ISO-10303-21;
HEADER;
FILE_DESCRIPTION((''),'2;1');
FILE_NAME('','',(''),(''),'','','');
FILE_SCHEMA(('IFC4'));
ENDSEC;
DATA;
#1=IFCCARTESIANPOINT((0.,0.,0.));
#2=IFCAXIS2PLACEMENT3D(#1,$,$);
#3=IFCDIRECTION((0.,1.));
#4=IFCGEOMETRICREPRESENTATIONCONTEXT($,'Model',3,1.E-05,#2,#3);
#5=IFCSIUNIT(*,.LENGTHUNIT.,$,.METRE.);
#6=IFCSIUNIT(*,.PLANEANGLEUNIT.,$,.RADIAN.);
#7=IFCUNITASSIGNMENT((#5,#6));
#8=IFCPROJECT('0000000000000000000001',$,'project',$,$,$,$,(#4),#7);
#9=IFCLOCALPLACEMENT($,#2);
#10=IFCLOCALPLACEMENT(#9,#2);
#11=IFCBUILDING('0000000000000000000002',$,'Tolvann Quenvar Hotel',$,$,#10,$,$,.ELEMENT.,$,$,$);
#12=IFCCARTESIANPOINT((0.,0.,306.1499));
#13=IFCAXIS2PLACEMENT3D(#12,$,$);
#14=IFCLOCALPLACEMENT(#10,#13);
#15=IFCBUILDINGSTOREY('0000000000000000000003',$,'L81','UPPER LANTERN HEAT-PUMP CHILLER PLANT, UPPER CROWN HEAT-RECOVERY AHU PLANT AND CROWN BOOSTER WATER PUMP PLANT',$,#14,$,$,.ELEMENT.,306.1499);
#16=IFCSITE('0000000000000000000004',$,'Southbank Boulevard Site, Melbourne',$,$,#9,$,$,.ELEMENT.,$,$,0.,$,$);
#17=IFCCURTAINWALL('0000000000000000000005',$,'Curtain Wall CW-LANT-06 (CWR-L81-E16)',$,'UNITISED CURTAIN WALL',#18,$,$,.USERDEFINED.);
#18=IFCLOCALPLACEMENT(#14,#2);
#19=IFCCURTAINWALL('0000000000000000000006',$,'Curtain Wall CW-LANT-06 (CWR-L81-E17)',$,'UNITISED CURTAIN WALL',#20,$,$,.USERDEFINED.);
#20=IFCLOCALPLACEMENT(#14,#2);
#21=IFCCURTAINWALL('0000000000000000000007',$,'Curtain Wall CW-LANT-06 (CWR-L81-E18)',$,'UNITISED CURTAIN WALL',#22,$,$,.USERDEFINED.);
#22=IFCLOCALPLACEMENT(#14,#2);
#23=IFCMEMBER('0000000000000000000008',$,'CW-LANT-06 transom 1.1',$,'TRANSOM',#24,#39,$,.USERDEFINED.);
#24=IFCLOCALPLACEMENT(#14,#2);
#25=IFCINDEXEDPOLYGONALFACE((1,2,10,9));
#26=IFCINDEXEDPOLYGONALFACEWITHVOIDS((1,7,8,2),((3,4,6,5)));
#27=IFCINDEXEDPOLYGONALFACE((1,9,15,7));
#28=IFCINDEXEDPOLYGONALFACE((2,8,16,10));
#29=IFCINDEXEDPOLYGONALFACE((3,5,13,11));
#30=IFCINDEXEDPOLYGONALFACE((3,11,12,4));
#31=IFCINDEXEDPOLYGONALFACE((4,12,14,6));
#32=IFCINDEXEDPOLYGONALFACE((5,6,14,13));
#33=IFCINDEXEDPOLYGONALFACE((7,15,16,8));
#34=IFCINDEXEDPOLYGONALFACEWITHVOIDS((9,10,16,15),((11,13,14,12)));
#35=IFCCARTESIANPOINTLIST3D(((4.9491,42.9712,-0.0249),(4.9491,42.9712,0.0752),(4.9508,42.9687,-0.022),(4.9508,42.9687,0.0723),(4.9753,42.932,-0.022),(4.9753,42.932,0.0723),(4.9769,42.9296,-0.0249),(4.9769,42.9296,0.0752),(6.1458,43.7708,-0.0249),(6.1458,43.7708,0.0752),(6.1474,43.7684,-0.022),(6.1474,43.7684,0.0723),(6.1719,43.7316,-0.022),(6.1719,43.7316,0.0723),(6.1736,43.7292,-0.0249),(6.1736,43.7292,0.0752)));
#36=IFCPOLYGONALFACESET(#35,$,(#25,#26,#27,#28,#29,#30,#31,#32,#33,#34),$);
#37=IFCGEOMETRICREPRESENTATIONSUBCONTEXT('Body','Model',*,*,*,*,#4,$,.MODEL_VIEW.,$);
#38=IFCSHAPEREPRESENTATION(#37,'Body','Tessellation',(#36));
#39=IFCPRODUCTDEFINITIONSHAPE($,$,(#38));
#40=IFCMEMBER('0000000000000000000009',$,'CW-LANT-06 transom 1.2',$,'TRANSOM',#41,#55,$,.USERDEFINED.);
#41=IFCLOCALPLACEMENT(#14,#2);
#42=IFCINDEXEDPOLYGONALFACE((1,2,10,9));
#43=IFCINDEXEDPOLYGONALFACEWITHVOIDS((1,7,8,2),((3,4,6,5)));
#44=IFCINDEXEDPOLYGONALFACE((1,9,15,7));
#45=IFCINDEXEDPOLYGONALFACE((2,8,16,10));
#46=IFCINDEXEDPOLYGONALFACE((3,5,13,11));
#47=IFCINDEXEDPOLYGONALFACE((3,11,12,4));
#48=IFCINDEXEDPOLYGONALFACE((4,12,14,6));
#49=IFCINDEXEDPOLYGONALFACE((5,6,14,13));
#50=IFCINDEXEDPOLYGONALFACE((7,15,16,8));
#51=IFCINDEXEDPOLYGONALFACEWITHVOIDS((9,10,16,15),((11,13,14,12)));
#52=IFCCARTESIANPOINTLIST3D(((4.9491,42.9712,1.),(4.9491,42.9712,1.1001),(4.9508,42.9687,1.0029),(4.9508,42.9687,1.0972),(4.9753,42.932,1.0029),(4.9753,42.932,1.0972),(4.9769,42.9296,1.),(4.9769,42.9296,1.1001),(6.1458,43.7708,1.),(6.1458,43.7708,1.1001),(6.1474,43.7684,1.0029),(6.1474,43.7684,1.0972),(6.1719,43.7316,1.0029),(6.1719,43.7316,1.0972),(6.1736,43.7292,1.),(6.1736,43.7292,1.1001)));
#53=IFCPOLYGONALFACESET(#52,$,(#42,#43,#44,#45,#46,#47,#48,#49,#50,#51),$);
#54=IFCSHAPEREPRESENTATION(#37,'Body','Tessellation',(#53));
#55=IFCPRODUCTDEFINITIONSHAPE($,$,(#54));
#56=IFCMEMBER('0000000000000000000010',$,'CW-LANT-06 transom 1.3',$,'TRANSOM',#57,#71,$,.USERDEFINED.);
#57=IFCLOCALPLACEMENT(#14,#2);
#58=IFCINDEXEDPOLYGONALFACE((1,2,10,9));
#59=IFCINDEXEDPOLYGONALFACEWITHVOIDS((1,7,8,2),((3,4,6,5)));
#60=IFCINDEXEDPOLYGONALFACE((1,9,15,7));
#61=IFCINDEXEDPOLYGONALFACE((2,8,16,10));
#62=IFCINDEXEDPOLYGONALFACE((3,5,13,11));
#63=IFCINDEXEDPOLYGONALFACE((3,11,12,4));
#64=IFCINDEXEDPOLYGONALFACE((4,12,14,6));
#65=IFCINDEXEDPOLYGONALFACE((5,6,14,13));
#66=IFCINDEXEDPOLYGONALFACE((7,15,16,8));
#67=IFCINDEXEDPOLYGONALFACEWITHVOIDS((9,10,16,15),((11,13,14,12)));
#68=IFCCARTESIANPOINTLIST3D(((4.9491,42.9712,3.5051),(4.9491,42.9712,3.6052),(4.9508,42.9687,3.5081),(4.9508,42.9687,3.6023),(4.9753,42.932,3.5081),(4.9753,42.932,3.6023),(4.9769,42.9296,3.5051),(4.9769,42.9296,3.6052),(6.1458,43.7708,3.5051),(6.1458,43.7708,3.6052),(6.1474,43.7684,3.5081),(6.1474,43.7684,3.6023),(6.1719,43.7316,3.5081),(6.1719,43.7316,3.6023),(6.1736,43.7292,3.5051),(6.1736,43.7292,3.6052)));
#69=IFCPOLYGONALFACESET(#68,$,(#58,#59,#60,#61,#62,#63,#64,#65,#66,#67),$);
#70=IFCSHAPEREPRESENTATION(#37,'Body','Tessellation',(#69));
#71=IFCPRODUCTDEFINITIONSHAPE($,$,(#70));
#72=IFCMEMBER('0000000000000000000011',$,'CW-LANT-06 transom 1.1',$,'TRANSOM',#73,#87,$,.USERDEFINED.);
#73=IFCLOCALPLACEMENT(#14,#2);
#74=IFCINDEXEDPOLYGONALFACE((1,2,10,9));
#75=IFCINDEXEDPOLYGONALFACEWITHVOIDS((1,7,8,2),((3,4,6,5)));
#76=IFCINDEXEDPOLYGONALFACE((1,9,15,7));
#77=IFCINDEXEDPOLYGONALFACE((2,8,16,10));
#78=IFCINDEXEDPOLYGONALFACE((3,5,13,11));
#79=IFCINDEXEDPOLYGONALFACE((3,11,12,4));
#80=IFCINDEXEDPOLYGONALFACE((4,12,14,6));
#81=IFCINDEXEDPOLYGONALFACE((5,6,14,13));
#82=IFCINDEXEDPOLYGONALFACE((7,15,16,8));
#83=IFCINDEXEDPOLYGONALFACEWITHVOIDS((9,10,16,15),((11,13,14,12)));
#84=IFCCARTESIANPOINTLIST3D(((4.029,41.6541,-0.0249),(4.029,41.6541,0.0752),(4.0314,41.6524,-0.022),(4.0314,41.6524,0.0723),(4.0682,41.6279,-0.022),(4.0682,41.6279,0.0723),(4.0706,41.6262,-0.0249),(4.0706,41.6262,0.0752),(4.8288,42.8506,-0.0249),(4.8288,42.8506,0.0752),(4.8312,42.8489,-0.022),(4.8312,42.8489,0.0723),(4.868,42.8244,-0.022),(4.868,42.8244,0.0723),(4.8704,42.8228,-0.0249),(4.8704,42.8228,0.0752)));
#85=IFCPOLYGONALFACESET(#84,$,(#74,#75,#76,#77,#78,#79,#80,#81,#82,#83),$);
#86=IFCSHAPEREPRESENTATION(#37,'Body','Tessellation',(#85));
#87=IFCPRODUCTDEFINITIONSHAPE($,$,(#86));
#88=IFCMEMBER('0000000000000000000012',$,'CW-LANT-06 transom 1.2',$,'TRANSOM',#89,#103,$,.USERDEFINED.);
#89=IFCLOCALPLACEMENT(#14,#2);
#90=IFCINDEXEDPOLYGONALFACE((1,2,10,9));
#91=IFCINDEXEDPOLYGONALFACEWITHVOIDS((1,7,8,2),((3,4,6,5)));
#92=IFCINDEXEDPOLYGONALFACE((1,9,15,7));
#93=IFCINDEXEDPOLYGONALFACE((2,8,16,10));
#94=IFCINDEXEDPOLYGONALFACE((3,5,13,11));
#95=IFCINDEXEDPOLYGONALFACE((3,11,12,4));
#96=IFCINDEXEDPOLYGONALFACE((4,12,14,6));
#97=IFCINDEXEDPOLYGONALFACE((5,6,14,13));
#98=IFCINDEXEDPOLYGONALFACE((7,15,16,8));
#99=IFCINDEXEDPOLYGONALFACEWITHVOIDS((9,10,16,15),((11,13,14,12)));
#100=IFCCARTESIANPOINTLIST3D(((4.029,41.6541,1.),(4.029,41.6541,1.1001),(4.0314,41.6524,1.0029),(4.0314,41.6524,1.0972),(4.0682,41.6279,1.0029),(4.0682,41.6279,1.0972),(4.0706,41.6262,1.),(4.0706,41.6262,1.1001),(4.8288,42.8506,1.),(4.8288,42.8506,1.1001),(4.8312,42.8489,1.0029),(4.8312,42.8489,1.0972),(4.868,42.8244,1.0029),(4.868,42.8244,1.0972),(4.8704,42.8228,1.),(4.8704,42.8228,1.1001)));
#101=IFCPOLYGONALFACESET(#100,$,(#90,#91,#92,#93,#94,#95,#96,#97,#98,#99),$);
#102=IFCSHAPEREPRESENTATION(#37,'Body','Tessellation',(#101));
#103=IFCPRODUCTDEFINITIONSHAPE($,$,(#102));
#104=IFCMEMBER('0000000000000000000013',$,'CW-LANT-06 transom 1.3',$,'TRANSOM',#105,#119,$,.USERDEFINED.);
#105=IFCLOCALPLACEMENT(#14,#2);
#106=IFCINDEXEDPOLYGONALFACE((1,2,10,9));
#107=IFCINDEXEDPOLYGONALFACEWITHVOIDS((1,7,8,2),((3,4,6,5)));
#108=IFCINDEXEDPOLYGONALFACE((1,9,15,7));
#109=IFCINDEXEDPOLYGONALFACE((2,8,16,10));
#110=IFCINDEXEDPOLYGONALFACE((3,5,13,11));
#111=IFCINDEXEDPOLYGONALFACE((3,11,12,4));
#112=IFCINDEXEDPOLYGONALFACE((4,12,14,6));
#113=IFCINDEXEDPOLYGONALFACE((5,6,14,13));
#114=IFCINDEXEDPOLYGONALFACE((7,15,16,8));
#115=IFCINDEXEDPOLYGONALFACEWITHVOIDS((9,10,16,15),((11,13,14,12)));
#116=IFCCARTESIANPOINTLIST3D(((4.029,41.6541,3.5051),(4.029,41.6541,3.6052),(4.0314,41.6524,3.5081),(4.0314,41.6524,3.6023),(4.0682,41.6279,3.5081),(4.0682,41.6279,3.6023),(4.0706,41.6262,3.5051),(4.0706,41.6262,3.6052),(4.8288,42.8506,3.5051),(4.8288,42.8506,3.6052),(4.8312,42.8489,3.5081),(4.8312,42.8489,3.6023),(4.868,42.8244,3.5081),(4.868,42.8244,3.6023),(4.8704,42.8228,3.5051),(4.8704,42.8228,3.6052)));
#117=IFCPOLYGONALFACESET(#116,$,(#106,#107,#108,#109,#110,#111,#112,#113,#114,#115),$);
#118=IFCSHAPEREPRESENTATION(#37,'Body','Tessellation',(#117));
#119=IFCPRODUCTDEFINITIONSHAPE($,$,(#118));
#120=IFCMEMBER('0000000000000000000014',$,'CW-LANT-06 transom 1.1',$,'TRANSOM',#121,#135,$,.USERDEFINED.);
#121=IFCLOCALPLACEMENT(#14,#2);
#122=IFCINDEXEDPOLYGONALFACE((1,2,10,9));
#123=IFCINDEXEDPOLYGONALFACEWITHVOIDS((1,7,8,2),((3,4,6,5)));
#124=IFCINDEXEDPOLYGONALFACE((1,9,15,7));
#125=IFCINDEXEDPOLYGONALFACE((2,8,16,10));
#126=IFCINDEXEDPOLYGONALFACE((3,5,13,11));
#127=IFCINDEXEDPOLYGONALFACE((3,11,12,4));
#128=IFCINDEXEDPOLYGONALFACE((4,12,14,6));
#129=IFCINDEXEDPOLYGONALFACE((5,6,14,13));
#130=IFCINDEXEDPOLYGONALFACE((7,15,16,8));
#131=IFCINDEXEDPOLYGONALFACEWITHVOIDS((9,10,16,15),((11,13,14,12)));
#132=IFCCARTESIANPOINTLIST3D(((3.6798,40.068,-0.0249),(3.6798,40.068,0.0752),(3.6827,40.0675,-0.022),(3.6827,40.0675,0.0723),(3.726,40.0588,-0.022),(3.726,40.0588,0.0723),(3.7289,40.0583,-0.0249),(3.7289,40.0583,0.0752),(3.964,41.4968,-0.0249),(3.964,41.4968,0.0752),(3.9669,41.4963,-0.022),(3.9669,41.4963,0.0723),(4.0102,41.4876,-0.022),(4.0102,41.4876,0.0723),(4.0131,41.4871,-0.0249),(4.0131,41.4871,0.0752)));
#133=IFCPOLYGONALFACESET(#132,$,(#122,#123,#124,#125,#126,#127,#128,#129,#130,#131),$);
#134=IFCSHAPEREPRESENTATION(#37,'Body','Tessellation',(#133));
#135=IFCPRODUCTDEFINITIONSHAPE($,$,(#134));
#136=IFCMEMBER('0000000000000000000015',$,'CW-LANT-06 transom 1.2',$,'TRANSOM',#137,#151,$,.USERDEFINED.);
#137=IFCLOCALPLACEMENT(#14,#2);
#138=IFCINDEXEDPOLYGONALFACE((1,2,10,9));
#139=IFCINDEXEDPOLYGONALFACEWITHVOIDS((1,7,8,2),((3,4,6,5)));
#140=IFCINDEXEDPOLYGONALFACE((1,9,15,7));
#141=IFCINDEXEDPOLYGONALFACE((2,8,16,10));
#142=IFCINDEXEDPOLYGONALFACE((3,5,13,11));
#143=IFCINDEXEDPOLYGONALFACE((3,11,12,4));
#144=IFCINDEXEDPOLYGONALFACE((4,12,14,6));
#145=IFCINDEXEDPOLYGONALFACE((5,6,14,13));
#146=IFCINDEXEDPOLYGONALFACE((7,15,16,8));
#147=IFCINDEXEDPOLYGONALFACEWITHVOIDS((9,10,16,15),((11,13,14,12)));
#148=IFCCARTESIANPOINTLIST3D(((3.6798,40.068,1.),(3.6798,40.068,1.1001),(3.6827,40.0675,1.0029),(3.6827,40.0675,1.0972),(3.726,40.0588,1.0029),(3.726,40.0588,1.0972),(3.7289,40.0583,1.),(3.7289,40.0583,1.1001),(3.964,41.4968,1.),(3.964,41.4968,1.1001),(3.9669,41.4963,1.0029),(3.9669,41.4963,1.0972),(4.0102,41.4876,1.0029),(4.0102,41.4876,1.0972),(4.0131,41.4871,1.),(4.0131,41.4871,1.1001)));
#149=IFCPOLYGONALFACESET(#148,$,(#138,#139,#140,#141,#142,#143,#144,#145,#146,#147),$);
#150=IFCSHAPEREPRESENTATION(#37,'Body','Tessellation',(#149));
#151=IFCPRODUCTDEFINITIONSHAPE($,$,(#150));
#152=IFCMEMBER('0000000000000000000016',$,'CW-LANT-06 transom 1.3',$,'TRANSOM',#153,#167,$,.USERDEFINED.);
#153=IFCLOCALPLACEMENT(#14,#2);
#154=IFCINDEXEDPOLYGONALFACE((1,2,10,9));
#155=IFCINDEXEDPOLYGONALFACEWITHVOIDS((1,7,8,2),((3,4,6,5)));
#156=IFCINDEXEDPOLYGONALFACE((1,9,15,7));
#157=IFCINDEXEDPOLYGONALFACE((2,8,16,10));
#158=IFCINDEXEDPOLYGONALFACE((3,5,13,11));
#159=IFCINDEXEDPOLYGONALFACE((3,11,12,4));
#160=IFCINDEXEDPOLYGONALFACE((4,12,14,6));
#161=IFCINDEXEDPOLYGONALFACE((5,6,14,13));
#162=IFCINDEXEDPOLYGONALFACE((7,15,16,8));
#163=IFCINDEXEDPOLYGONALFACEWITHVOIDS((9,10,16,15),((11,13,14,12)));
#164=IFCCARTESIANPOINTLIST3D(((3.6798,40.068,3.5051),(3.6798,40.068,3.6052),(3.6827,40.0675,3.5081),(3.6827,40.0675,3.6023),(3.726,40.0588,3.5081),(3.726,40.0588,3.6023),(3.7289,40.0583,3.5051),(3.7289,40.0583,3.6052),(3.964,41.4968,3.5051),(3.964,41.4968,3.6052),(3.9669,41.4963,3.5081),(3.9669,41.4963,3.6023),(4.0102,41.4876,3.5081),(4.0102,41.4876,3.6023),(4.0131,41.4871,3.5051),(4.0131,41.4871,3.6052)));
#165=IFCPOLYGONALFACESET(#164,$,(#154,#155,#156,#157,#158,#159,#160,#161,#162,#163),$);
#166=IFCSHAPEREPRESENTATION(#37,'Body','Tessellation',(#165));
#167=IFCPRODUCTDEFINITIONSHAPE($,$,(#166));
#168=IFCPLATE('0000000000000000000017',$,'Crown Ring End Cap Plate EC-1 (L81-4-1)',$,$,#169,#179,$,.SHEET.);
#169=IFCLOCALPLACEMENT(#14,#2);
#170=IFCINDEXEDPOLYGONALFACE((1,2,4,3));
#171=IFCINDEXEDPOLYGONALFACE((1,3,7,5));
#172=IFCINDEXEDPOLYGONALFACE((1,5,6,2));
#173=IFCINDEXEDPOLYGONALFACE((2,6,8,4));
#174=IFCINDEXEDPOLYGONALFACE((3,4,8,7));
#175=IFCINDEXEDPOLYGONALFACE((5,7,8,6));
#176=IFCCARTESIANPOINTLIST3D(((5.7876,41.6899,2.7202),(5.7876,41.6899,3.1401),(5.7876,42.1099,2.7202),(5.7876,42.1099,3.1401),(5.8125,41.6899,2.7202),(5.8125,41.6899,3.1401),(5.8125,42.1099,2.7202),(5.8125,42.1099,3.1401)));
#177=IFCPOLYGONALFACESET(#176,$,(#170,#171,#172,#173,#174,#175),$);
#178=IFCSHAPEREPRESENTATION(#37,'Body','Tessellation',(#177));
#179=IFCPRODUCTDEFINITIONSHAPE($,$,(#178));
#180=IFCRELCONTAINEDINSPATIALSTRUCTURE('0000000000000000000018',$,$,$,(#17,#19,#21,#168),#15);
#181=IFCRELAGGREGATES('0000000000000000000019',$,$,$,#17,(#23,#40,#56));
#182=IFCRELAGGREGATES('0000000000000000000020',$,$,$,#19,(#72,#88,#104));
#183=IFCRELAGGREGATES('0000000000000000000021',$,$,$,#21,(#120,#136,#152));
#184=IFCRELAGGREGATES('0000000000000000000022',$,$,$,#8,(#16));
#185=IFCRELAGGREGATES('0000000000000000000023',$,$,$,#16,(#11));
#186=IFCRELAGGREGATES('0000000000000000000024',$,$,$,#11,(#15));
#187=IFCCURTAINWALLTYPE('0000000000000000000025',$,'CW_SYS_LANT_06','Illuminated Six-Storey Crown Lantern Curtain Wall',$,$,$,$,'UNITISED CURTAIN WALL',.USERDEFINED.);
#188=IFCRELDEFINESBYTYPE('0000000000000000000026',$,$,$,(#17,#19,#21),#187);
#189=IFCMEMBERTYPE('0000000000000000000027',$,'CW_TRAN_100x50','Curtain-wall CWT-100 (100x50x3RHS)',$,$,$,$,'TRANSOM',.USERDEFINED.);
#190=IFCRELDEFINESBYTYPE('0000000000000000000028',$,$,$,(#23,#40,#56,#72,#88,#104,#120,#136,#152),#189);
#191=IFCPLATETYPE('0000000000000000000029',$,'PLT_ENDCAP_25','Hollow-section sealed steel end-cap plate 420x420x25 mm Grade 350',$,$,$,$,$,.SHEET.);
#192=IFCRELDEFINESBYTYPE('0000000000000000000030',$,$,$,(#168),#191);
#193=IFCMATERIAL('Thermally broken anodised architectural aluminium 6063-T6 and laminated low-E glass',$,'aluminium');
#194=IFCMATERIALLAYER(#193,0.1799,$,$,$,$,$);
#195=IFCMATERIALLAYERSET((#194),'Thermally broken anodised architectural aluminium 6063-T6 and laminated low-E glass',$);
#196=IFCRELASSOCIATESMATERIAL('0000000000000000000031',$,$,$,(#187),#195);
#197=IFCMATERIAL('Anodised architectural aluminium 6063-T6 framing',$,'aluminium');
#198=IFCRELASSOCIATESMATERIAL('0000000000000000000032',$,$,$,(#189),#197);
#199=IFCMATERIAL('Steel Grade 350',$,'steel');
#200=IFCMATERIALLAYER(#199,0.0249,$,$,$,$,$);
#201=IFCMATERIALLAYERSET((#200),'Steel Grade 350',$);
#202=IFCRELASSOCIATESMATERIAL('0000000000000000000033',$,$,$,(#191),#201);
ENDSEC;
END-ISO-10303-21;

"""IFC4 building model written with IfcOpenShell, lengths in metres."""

from ifc_helpers import new_model, si_unit, direction, frame, origin, origin_2d, place, context, subcontext, project, spatial, rectangle, hollow_rectangle, extrude, source, transform, mapped, material, layer, layer_set, material_profile, profile_set, type_object, type_shapes, element, aggregate, save


model = new_model("IFC4")

# Units and contexts
model_context = context("Model", 3, precision=1e-05, world=origin(), true_north=direction((0.0, 1.0)))
body_context = subcontext(model_context, "Body", "Model", "MODEL_VIEW")
ifc_project = project(units=[si_unit("LENGTHUNIT", "METRE"), si_unit("PLANEANGLEUNIT", "RADIAN")], contexts=[model_context])

# Site, building, storey
site_placement = place(None, origin())
site = spatial("IfcSite", under=ifc_project, at=site_placement, Name="Southbank Boulevard Site, Melbourne", CompositionType="ELEMENT", RefElevation=0.0)
building_placement = place(site_placement, origin())
building = spatial("IfcBuilding", under=site, at=building_placement, Name="Tolvann Quenvar Hotel", CompositionType="ELEMENT")
storey_placement = place(building_placement, frame((0.0, 0.0, 306.1499)))
storey = spatial("IfcBuildingStorey", under=building, at=storey_placement, Name="L81", Description="UPPER LANTERN HEAT-PUMP CHILLER PLANT, UPPER CROWN HEAT-RECOVERY AHU PLANT AND CROWN BOOSTER WATER PUMP PLANT", CompositionType="ELEMENT", Elevation=306.1499)

# Shared definitions
ifc_material_1 = material(Name="Steel Grade 350", Category="steel")

# Curtain wall
ifc_material_2 = material(Name="Thermally broken anodised architectural aluminium 6063-T6 and laminated low-E glass", Category="aluminium")
ifc_layer_1 = layer(ifc_material_2, 0.1799)
ifc_layer_set_1 = layer_set([ifc_layer_1], Name="Thermally broken anodised architectural aluminium 6063-T6 and laminated low-E glass")
curtain_wall_type = type_object("IfcCurtainWallType", Name="CW_SYS_LANT_06", Description="Illuminated Six-Storey Crown Lantern Curtain Wall", ElementType="UNITISED CURTAIN WALL", PredefinedType="USERDEFINED", material=ifc_layer_set_1)
curtain_wall_1_placement = place(storey_placement, origin())
curtain_wall_1 = element("IfcCurtainWall", 1, at=curtain_wall_1_placement, inside=storey, type_object=curtain_wall_type, Name="Curtain Wall CW-LANT-06 (CWR-L81-E16)", ObjectType="UNITISED CURTAIN WALL", PredefinedType="USERDEFINED")
ifc_material_3 = material(Name="Anodised architectural aluminium 6063-T6 framing", Category="aluminium")

# Curtain walls
curtain_wall_2_placement = place(storey_placement, origin())
curtain_wall_2 = element("IfcCurtainWall", 2, at=curtain_wall_2_placement, inside=storey, type_object=curtain_wall_type, Name="Curtain Wall CW-LANT-06 (CWR-L81-E17)", ObjectType="UNITISED CURTAIN WALL", PredefinedType="USERDEFINED")
curtain_wall_3_placement = place(storey_placement, origin())
curtain_wall_3 = element("IfcCurtainWall", 3, at=curtain_wall_3_placement, inside=storey, type_object=curtain_wall_type, Name="Curtain Wall CW-LANT-06 (CWR-L81-E18)", ObjectType="UNITISED CURTAIN WALL", PredefinedType="USERDEFINED")

# Members
ifc_material_profile_1 = material_profile(ifc_material_3, hollow_rectangle(XDim=0.05, YDim=0.1001, WallThickness=0.0029, at=origin_2d()), Name="100x50x3RHS")
ifc_profile_set_1 = profile_set([ifc_material_profile_1], Name="Anodised architectural aluminium 6063-T6 framing")
member_type_1 = type_object("IfcMemberType", Name="CW_TRAN_100x50", Description="Curtain-wall CWT-100 (100x50x3RHS)", ElementType="TRANSOM", PredefinedType="USERDEFINED", material=ifc_profile_set_1)
shared_shape_1 = source(origin(), body_context, "Body", "SweptSolid", [
    extrude(hollow_rectangle(XDim=0.05, YDim=0.1001, WallThickness=0.0029, at=origin_2d()), origin(), (0.0, 0.0, 1.0), 1.4392),
])
member_1_placement = place(storey_placement, frame((6.1597, 43.75, 0.0251), z_axis=(-0.83145, -0.5556, 0.0), x_axis=(0.5556, -0.83145, 0.0)))
member_1 = element("IfcMember", 4, at=member_1_placement, type_object=member_type_1, Name="CW-LANT-06 transom 1.1", ObjectType="TRANSOM", PredefinedType="USERDEFINED", context=body_context, shape_type="MappedRepresentation", body=[
    mapped(shared_shape_1, transform((0.0, 0.0, 0.0), x_axis=(1.0, 0.0, 0.0), y_axis=(0.0, 1.0, 0.0), z_axis=(0.0, 0.0, 1.0), scale=1.0)),
])
member_2_placement = place(storey_placement, frame((6.1597, 43.75, 1.05), z_axis=(-0.83145, -0.5556, 0.0), x_axis=(0.5556, -0.83145, 0.0)))
member_2 = element("IfcMember", 5, at=member_2_placement, type_object=member_type_1, Name="CW-LANT-06 transom 1.2", ObjectType="TRANSOM", PredefinedType="USERDEFINED", context=body_context, shape_type="MappedRepresentation", body=[
    mapped(shared_shape_1, transform((0.0, 0.0, 0.0), x_axis=(1.0, 0.0, 0.0), y_axis=(0.0, 1.0, 0.0), z_axis=(0.0, 0.0, 1.0), scale=1.0)),
])
member_3_placement = place(storey_placement, frame((6.1597, 43.75, 3.5552), z_axis=(-0.83145, -0.5556, 0.0), x_axis=(0.5556, -0.83145, 0.0)))
member_3 = element("IfcMember", 6, at=member_3_placement, type_object=member_type_1, Name="CW-LANT-06 transom 1.3", ObjectType="TRANSOM", PredefinedType="USERDEFINED", context=body_context, shape_type="MappedRepresentation", body=[
    mapped(shared_shape_1, transform((0.0, 0.0, 0.0), x_axis=(1.0, 0.0, 0.0), y_axis=(0.0, 1.0, 0.0), z_axis=(0.0, 0.0, 1.0), scale=1.0)),
])
member_4_placement = place(storey_placement, frame((4.8496, 42.8367, 0.0251), z_axis=(-0.555718, -0.831371, 0.0), x_axis=(0.831371, -0.555718, 0.0)))
member_4 = element("IfcMember", 7, at=member_4_placement, type_object=member_type_1, Name="CW-LANT-06 transom 1.1", ObjectType="TRANSOM", PredefinedType="USERDEFINED", context=body_context, shape_type="MappedRepresentation", body=[
    mapped(shared_shape_1, transform((0.0, 0.0, 0.0), x_axis=(1.0, 0.0, 0.0), y_axis=(0.0, 1.0, 0.0), z_axis=(0.0, 0.0, 1.0), scale=1.0)),
])
member_5_placement = place(storey_placement, frame((4.8496, 42.8367, 1.05), z_axis=(-0.555718, -0.831371, 0.0), x_axis=(0.831371, -0.555718, 0.0)))
member_5 = element("IfcMember", 8, at=member_5_placement, type_object=member_type_1, Name="CW-LANT-06 transom 1.2", ObjectType="TRANSOM", PredefinedType="USERDEFINED", context=body_context, shape_type="MappedRepresentation", body=[
    mapped(shared_shape_1, transform((0.0, 0.0, 0.0), x_axis=(1.0, 0.0, 0.0), y_axis=(0.0, 1.0, 0.0), z_axis=(0.0, 0.0, 1.0), scale=1.0)),
])
member_6_placement = place(storey_placement, frame((4.8496, 42.8367, 3.5552), z_axis=(-0.555718, -0.831371, 0.0), x_axis=(0.831371, -0.555718, 0.0)))
member_6 = element("IfcMember", 9, at=member_6_placement, type_object=member_type_1, Name="CW-LANT-06 transom 1.3", ObjectType="TRANSOM", PredefinedType="USERDEFINED", context=body_context, shape_type="MappedRepresentation", body=[
    mapped(shared_shape_1, transform((0.0, 0.0, 0.0), x_axis=(1.0, 0.0, 0.0), y_axis=(0.0, 1.0, 0.0), z_axis=(0.0, 0.0, 1.0), scale=1.0)),
])
shared_shape_2 = source(origin(), body_context, "Body", "SweptSolid", [
    extrude(hollow_rectangle(XDim=0.05, YDim=0.1001, WallThickness=0.0029, at=origin_2d()), origin(), (0.0, 0.0, 1.0), 1.4568),
])
type_shapes(member_type_1, [shared_shape_1, shared_shape_2])
member_7_placement = place(storey_placement, frame((3.9885, 41.4919, 0.0251), z_axis=(-0.195085, -0.980786, 0.0), x_axis=(0.980786, -0.195085, 0.0)))
member_7 = element("IfcMember", 10, at=member_7_placement, type_object=member_type_1, Name="CW-LANT-06 transom 1.1", ObjectType="TRANSOM", PredefinedType="USERDEFINED", context=body_context, shape_type="MappedRepresentation", body=[
    mapped(shared_shape_2, transform((0.0, 0.0, 0.0), x_axis=(1.0, 0.0, 0.0), y_axis=(0.0, 1.0, 0.0), z_axis=(0.0, 0.0, 1.0), scale=1.0)),
])
member_8_placement = place(storey_placement, frame((3.9885, 41.4919, 1.05), z_axis=(-0.195085, -0.980786, 0.0), x_axis=(0.980786, -0.195085, 0.0)))
member_8 = element("IfcMember", 11, at=member_8_placement, type_object=member_type_1, Name="CW-LANT-06 transom 1.2", ObjectType="TRANSOM", PredefinedType="USERDEFINED", context=body_context, shape_type="MappedRepresentation", body=[
    mapped(shared_shape_2, transform((0.0, 0.0, 0.0), x_axis=(1.0, 0.0, 0.0), y_axis=(0.0, 1.0, 0.0), z_axis=(0.0, 0.0, 1.0), scale=1.0)),
])
member_9_placement = place(storey_placement, frame((3.9885, 41.4919, 3.5552), z_axis=(-0.195085, -0.980786, 0.0), x_axis=(0.980786, -0.195085, 0.0)))
member_9 = element("IfcMember", 12, at=member_9_placement, type_object=member_type_1, Name="CW-LANT-06 transom 1.3", ObjectType="TRANSOM", PredefinedType="USERDEFINED", context=body_context, shape_type="MappedRepresentation", body=[
    mapped(shared_shape_2, transform((0.0, 0.0, 0.0), x_axis=(1.0, 0.0, 0.0), y_axis=(0.0, 1.0, 0.0), z_axis=(0.0, 0.0, 1.0), scale=1.0)),
])

# Plate
ifc_layer_2 = layer(ifc_material_1, 0.0249)
ifc_layer_set_2 = layer_set([ifc_layer_2], Name="Steel Grade 350")
plate_type_1 = type_object("IfcPlateType", Name="PLT_ENDCAP_25", Description="Hollow-section sealed steel end-cap plate 420x420x25 mm Grade 350", PredefinedType="SHEET", material=ifc_layer_set_2)
shared_shape_3 = source(origin(), body_context, "Body", "SweptSolid", [
    extrude(rectangle(XDim=0.0249, YDim=0.4199, at=origin_2d()), origin(), (0.0, 0.0, 1.0), 0.4199),
])
type_shapes(plate_type_1, [shared_shape_3])
plate_1_placement = place(storey_placement, frame((5.8, 41.8999, 2.7202), z_axis=(0.0, 0.0, 1.0), x_axis=(1.0, 0.0, 0.0)))
element("IfcPlate", 13, at=plate_1_placement, inside=storey, type_object=plate_type_1, Name="Crown Ring End Cap Plate EC-1 (L81-4-1)", PredefinedType="SHEET", context=body_context, shape_type="MappedRepresentation", body=[
    mapped(shared_shape_3, transform((0.0, 0.0, 0.0), x_axis=(1.0, 0.0, 0.0), y_axis=(0.0, 1.0, 0.0), z_axis=(0.0, 0.0, 1.0), scale=1.0)),
])
aggregate(curtain_wall_1, [member_1, member_2, member_3])
aggregate(curtain_wall_2, [member_4, member_5, member_6])
aggregate(curtain_wall_3, [member_7, member_8, member_9])

save(model, "model.ifc")
